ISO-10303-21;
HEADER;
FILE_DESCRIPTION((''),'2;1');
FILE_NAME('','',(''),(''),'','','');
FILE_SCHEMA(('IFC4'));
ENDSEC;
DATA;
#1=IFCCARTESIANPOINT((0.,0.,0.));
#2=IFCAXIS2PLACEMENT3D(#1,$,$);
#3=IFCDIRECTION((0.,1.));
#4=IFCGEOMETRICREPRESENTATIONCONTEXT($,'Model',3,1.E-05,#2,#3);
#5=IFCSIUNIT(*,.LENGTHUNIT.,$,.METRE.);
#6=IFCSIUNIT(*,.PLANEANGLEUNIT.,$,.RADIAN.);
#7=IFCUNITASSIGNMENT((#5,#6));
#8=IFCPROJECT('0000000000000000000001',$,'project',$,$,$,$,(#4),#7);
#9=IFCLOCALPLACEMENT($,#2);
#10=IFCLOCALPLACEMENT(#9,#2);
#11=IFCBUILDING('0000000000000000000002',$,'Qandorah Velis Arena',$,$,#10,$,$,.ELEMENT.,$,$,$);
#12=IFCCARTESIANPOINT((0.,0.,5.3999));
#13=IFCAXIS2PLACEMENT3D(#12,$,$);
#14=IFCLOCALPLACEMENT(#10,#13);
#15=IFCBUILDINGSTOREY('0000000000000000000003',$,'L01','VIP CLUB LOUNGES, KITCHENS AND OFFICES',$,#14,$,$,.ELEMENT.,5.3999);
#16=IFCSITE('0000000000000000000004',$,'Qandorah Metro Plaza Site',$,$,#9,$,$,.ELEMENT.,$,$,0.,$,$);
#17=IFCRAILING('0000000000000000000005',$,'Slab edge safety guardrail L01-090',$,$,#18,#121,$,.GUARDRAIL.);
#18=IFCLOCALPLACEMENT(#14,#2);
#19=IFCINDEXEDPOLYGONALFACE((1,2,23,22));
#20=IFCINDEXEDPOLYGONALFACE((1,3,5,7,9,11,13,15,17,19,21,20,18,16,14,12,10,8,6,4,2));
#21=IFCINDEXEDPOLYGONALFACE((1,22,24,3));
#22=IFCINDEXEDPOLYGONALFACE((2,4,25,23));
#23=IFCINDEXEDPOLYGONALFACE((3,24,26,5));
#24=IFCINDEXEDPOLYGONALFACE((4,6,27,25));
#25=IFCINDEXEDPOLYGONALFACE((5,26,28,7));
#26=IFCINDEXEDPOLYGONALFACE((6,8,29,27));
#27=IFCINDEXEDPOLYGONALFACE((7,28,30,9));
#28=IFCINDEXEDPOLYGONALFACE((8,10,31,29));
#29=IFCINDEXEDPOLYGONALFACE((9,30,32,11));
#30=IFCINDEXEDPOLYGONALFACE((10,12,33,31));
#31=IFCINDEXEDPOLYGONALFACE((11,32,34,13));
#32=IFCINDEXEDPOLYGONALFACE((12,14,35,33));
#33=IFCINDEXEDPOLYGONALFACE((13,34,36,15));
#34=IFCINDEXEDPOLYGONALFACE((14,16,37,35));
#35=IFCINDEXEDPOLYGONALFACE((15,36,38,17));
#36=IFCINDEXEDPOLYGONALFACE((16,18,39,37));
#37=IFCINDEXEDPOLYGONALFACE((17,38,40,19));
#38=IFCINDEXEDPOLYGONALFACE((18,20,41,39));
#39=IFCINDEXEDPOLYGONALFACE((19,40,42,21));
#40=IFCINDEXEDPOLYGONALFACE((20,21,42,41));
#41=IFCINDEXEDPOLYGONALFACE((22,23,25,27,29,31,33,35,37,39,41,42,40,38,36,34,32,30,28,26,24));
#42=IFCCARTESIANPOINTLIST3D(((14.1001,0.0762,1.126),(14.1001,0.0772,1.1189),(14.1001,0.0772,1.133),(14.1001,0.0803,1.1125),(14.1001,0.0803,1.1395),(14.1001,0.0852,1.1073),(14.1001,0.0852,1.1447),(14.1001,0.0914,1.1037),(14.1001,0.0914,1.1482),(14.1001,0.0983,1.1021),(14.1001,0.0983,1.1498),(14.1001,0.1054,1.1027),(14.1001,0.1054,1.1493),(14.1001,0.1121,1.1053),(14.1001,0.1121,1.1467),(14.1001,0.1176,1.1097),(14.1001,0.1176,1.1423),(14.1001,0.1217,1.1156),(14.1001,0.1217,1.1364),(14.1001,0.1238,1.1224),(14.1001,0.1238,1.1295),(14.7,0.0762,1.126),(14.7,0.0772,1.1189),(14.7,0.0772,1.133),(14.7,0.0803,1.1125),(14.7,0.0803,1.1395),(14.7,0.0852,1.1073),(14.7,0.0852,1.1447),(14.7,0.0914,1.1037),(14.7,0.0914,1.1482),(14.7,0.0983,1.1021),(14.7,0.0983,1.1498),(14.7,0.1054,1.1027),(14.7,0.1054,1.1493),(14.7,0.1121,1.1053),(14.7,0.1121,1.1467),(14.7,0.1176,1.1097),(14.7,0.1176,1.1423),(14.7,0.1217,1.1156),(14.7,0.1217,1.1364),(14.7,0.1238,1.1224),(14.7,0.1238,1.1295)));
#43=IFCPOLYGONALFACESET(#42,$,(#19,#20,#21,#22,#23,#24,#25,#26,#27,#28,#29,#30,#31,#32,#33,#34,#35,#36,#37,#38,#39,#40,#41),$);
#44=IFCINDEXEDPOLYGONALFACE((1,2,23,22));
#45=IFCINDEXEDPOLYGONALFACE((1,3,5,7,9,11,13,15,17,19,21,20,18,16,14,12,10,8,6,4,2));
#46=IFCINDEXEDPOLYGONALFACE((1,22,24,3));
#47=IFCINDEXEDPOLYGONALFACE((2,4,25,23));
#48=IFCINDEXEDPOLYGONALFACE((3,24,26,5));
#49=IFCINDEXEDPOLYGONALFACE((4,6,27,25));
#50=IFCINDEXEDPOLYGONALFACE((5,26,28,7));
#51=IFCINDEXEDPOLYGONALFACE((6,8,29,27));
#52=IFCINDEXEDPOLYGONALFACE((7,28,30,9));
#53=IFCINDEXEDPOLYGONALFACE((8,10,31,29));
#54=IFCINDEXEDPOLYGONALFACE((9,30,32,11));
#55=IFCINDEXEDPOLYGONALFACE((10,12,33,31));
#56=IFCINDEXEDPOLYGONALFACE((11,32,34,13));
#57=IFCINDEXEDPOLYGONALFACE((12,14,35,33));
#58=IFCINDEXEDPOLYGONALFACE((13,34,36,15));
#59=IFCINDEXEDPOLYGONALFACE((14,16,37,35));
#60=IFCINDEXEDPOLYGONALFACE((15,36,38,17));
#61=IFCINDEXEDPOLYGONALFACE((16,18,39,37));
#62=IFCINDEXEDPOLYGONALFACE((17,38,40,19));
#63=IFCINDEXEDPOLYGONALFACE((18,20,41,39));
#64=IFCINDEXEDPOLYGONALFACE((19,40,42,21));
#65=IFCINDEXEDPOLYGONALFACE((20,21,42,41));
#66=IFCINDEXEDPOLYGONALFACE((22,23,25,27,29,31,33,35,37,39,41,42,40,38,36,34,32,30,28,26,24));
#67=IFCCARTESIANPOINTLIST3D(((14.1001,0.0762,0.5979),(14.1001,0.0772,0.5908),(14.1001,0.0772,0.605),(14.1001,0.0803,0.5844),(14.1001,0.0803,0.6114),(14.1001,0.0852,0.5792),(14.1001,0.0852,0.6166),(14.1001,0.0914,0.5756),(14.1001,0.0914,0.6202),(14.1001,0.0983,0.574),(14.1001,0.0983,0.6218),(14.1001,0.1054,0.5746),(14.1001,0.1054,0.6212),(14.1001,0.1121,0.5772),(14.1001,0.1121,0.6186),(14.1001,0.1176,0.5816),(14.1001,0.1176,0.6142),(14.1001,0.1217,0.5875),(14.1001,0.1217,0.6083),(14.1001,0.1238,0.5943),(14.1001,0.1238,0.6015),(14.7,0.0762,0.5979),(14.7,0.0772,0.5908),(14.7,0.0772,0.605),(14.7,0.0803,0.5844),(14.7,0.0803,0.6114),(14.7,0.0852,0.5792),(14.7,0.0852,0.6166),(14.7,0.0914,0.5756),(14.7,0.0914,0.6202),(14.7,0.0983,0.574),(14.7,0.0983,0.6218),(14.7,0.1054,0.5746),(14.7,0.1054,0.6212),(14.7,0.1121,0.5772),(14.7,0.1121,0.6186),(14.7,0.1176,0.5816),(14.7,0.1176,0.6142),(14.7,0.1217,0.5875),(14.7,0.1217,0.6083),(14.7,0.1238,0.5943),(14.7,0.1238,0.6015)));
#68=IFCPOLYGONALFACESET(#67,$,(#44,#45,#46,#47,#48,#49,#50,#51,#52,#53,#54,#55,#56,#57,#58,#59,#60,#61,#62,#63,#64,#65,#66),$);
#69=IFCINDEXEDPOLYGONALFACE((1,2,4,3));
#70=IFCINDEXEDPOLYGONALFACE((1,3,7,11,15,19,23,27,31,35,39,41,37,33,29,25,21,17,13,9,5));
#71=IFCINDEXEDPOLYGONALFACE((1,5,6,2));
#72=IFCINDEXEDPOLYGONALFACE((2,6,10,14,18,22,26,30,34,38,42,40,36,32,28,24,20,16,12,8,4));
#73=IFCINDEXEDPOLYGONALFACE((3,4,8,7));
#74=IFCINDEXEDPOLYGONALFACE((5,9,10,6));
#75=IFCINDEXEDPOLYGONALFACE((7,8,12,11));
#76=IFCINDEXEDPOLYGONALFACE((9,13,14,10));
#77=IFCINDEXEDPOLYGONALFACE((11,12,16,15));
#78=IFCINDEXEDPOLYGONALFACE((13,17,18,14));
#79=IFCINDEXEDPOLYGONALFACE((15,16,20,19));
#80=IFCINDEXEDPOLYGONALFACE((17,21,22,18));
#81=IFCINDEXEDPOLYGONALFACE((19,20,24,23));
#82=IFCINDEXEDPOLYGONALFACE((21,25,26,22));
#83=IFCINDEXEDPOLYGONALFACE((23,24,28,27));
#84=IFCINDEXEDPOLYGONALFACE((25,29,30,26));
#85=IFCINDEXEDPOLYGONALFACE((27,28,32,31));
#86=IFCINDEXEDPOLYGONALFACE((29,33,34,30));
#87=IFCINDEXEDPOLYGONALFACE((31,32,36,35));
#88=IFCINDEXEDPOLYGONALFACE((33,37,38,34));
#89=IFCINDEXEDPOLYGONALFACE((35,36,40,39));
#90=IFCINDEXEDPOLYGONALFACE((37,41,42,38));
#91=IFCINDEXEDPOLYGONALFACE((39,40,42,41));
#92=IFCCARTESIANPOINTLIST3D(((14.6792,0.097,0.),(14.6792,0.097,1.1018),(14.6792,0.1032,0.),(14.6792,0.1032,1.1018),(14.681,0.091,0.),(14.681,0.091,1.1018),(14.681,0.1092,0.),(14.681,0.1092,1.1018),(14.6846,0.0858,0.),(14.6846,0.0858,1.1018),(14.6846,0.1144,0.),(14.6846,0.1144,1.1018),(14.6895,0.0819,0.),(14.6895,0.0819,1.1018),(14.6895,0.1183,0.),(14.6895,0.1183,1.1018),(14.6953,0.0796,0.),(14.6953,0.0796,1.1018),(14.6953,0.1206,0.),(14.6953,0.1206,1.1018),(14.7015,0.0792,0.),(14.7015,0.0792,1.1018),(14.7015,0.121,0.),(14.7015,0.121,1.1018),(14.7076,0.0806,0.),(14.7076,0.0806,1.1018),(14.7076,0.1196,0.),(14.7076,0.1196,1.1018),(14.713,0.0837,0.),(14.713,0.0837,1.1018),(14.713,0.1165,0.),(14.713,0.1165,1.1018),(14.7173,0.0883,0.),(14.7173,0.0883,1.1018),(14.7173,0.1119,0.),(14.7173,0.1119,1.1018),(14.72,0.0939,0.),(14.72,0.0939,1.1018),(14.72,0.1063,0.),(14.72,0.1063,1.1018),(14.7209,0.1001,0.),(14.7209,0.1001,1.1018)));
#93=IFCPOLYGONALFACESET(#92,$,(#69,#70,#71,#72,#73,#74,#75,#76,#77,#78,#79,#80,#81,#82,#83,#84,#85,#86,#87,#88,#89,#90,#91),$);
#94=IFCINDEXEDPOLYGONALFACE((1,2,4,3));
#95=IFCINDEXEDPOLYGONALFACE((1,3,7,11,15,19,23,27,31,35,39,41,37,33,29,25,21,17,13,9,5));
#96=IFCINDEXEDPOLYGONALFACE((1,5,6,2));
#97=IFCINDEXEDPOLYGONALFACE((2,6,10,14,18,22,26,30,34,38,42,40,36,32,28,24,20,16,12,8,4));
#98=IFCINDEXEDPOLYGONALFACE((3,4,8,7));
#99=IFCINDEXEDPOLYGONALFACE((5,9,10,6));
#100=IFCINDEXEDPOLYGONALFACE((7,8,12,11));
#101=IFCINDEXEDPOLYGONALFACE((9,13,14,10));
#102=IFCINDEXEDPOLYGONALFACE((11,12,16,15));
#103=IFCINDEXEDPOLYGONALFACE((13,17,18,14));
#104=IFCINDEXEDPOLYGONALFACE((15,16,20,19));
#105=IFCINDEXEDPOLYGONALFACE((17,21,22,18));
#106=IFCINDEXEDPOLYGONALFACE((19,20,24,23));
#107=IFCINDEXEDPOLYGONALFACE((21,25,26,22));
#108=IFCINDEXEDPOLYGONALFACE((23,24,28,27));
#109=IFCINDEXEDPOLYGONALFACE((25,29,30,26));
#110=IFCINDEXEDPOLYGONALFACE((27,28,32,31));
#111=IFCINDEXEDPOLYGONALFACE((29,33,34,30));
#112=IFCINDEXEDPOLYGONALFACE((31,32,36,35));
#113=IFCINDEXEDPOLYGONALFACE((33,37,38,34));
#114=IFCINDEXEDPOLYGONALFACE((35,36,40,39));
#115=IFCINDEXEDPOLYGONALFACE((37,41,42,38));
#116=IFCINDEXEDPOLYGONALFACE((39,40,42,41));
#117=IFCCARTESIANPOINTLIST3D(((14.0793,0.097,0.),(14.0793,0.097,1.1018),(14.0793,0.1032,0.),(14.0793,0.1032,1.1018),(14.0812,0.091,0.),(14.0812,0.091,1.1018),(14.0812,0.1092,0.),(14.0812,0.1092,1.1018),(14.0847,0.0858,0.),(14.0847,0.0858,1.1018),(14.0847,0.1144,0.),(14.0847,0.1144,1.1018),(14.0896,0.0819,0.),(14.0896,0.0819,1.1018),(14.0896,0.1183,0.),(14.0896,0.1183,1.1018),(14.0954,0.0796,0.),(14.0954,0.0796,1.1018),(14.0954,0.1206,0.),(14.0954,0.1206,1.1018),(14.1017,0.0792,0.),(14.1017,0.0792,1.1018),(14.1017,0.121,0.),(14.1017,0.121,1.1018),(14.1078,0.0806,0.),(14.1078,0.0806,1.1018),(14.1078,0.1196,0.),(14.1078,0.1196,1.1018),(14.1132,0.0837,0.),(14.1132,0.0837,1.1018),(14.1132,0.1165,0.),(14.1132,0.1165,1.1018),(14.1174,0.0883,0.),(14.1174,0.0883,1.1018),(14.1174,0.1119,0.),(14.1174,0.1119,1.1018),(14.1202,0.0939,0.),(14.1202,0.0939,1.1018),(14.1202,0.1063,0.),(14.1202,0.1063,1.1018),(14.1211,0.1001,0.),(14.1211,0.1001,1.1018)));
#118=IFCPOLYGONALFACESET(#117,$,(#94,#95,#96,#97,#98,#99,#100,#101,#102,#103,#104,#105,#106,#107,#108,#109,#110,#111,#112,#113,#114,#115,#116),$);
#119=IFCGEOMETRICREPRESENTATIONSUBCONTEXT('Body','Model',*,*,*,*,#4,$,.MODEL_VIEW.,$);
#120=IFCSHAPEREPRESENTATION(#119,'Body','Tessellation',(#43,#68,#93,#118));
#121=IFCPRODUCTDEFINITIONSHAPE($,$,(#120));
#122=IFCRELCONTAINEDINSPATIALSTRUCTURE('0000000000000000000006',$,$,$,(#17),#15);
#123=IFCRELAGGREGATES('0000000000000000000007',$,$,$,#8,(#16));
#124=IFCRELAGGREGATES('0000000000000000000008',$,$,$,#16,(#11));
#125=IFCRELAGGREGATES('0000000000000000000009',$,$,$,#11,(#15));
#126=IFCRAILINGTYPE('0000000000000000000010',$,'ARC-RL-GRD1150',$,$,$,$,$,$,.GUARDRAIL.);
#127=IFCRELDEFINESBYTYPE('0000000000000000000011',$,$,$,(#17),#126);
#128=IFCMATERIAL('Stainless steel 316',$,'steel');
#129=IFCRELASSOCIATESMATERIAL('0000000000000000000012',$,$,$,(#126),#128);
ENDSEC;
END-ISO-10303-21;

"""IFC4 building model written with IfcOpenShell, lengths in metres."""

from ifc_helpers import new_model, si_unit, direction, frame, origin, origin_2d, place, context, subcontext, project, spatial, circle, extrude, material, type_object, element, save


model = new_model("IFC4")

# Units and contexts
model_context = context("Model", 3, precision=1e-05, world=origin(), true_north=direction((0.0, 1.0)))
body_context = subcontext(model_context, "Body", "Model", "MODEL_VIEW")
ifc_project = project(units=[si_unit("LENGTHUNIT", "METRE"), si_unit("PLANEANGLEUNIT", "RADIAN")], contexts=[model_context])

# Site, building, storey
site_placement = place(None, origin())
site = spatial("IfcSite", under=ifc_project, at=site_placement, Name="Qandorah Metro Plaza Site", CompositionType="ELEMENT", RefElevation=0.0)
building_placement = place(site_placement, origin())
building = spatial("IfcBuilding", under=site, at=building_placement, Name="Qandorah Velis Arena", CompositionType="ELEMENT")
storey_placement = place(building_placement, frame((0.0, 0.0, 5.3999)))
storey = spatial("IfcBuildingStorey", under=building, at=storey_placement, Name="L01", Description="VIP CLUB LOUNGES, KITCHENS AND OFFICES", CompositionType="ELEMENT", Elevation=5.3999)

# Railing
ifc_material_1 = material(Name="Stainless steel 316", Category="steel")
railing_type = type_object("IfcRailingType", Name="ARC-RL-GRD1150", PredefinedType="GUARDRAIL", material=ifc_material_1)
railing_placement = place(storey_placement, frame((14.7, 0.1001, 0.0)))
element("IfcRailing", 1, at=railing_placement, inside=storey, type_object=railing_type, Name="Slab edge safety guardrail L01-090", PredefinedType="GUARDRAIL", context=body_context, shape_type="SweptSolid", body=[
    extrude(circle(Radius=0.0239, at=origin_2d()), frame((0.0, 0.0, 1.126), z_axis=(-1.0, 0.0, 0.0), x_axis=(0.0, -1.0, 0.0)), (0.0, 0.0, 1.0), 0.5999),
    extrude(circle(Radius=0.0239, at=origin_2d()), frame((0.0, 0.0, 0.5979), z_axis=(-1.0, 0.0, 0.0), x_axis=(0.0, -1.0, 0.0)), (0.0, 0.0, 1.0), 0.5999),
    extrude(circle(Radius=0.021, at=origin_2d()), origin(), (0.0, 0.0, 1.0), 1.1018),
    extrude(circle(Radius=0.021, at=origin_2d()), frame((-0.5999, 0.0, 0.0)), (0.0, 0.0, 1.0), 1.1018),
])

save(model, "model.ifc")
